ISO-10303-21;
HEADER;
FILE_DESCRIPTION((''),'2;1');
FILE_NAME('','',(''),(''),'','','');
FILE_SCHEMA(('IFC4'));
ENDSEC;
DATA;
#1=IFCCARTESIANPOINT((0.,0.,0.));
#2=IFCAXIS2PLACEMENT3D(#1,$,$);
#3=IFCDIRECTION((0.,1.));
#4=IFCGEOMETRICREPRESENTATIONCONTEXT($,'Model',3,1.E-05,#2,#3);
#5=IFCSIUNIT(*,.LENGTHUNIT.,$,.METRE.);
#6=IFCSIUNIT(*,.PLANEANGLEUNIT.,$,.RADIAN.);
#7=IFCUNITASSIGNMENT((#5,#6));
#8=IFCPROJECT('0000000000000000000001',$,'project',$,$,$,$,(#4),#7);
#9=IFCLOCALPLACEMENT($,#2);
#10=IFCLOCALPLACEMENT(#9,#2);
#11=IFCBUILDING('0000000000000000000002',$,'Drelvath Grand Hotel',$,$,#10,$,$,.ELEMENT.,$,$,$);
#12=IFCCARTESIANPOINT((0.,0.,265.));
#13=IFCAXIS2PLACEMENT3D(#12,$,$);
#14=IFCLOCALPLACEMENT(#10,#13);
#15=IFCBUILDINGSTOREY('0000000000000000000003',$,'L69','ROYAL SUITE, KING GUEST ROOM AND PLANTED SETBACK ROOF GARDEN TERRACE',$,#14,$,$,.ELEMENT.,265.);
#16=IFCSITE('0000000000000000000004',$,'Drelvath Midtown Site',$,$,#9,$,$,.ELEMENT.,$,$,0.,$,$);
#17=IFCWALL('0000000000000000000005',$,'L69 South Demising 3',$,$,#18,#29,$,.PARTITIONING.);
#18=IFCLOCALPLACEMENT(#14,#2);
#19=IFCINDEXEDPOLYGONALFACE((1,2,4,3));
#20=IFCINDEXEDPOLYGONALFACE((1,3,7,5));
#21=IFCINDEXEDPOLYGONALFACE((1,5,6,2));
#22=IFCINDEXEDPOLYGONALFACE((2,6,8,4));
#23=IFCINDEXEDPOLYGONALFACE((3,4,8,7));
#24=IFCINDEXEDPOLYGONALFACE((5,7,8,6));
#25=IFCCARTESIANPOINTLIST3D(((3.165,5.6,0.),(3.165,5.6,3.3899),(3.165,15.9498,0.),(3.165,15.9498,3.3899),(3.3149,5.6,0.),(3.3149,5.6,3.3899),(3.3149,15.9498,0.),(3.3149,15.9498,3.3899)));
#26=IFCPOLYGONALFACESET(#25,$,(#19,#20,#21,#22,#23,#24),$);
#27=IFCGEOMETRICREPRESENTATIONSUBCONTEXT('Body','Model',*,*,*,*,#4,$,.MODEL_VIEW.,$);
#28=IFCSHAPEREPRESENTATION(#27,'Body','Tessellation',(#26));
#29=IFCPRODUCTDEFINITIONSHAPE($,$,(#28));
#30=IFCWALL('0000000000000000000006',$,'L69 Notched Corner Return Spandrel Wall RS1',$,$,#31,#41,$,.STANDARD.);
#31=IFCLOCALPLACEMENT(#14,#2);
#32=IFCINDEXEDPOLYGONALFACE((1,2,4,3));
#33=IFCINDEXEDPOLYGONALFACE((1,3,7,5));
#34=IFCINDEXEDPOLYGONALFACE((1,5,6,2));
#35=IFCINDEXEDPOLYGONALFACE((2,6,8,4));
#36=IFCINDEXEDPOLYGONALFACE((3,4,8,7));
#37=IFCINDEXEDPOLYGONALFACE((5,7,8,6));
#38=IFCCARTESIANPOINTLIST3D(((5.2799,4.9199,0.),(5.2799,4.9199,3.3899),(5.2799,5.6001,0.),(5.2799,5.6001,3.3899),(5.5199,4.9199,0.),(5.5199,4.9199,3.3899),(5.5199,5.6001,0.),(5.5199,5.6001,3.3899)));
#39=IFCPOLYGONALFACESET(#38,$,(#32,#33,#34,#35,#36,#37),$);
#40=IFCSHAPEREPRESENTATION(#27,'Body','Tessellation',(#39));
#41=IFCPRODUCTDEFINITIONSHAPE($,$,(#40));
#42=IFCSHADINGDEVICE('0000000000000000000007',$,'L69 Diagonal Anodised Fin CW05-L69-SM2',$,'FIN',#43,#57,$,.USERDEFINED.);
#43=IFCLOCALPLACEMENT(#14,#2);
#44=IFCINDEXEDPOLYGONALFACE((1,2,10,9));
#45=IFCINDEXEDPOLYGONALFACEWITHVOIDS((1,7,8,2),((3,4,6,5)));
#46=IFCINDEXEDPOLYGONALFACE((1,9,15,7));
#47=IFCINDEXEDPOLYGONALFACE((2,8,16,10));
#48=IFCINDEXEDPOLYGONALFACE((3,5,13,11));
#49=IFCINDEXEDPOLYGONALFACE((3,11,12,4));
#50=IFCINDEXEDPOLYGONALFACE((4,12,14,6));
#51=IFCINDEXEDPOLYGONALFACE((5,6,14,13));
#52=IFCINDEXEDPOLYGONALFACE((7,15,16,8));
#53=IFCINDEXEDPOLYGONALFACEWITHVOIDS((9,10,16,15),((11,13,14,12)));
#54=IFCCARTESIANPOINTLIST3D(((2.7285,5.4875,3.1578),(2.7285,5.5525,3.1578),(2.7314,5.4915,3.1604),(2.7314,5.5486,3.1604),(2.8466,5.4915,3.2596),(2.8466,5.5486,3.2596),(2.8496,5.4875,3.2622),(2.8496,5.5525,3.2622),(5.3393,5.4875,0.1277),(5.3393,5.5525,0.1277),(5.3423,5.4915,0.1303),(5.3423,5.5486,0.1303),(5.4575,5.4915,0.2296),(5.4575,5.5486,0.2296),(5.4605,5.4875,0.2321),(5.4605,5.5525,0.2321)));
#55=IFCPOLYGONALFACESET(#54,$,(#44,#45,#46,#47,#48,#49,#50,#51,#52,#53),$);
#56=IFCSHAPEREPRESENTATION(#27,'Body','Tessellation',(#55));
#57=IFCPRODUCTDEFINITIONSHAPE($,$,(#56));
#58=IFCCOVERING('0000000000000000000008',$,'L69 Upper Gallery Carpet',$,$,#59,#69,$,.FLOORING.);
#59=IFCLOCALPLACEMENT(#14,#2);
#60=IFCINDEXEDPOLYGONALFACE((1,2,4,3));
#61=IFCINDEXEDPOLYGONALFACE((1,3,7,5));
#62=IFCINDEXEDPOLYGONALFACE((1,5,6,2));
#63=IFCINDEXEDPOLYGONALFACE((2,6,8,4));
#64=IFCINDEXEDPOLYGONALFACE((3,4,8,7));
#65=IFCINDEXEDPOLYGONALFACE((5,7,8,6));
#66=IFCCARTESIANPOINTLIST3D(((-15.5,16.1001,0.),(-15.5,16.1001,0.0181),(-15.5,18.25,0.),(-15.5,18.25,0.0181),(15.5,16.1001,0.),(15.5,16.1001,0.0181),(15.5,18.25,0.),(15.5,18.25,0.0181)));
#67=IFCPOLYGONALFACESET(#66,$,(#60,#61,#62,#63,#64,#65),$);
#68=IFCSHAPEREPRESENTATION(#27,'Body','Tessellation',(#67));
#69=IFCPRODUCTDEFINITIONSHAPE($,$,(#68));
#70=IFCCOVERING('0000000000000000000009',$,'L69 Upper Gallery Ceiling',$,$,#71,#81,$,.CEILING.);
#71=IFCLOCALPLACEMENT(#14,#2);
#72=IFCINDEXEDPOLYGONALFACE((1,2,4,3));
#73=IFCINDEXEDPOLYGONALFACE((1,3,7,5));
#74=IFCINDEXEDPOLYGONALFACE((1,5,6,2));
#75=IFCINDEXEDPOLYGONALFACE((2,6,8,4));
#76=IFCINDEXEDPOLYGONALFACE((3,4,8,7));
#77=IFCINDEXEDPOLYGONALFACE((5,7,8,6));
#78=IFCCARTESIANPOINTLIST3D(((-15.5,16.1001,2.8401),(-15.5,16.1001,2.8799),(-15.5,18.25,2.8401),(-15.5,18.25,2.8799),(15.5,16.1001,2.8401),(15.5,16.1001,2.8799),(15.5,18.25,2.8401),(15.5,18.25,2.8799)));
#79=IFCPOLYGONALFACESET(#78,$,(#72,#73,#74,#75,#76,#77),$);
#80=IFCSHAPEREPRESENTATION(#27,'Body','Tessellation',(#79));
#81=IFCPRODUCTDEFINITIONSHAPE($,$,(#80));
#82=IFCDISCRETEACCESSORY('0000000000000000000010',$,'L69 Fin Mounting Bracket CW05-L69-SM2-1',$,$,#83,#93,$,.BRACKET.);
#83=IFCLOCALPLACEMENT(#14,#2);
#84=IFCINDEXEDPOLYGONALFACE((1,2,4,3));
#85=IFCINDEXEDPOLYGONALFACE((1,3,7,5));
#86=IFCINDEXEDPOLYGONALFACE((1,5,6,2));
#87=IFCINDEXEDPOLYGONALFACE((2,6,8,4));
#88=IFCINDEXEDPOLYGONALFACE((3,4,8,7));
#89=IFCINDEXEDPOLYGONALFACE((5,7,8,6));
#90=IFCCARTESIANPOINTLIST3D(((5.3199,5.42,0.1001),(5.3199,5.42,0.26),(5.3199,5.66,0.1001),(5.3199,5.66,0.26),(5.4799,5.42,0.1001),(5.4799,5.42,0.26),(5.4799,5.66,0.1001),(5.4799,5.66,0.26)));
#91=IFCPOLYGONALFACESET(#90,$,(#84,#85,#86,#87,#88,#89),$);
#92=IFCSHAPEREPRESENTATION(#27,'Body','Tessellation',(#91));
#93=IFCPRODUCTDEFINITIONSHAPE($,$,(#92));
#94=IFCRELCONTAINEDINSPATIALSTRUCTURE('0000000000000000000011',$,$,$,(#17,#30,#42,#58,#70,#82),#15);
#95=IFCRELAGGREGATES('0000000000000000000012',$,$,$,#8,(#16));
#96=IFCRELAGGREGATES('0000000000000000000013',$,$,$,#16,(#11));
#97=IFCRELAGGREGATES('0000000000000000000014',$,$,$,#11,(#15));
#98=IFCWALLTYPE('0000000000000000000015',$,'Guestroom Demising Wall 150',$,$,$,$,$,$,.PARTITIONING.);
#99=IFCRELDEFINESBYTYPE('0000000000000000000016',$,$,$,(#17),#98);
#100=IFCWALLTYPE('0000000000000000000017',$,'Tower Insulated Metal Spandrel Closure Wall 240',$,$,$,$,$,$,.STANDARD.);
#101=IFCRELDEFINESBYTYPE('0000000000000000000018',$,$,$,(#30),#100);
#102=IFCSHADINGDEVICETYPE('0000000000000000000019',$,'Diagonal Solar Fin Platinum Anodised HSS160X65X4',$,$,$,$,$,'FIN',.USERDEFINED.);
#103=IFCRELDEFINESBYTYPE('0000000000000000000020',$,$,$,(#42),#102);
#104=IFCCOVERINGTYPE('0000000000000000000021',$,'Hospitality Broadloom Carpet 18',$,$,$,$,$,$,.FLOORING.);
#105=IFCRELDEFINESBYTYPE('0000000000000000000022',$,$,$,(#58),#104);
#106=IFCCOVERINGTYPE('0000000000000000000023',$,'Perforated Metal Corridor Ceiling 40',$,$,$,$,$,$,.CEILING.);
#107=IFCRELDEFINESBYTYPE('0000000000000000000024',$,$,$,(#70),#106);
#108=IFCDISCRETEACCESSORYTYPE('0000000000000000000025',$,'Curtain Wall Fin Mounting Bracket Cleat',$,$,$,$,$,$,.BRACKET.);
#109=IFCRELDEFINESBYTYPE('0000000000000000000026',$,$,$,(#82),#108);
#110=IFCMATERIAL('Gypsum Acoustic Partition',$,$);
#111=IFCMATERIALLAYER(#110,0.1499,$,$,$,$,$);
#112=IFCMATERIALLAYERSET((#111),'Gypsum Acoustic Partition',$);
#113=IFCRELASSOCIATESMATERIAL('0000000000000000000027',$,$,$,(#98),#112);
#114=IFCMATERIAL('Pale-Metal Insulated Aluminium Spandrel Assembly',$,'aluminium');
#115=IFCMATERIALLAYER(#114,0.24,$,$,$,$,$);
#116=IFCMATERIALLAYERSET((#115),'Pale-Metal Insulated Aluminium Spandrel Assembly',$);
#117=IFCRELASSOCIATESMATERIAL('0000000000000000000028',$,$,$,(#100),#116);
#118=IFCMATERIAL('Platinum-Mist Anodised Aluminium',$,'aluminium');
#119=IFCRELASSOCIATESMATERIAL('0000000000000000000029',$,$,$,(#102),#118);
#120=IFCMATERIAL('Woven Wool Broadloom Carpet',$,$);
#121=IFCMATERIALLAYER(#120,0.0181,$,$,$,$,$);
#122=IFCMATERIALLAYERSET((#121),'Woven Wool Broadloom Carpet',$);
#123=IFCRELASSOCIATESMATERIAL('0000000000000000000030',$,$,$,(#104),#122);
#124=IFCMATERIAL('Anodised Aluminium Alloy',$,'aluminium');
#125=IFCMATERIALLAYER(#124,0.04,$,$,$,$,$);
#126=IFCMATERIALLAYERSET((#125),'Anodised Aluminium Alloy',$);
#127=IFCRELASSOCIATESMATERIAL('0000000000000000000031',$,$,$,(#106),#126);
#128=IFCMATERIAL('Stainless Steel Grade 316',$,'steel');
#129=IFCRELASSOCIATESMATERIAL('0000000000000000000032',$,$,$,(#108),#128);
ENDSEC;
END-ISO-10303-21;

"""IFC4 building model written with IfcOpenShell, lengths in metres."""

from ifc_helpers import new_model, si_unit, direction, frame, frame_2d, origin, origin_2d, place, context, subcontext, project, spatial, polyline, rectangle, hollow_rectangle, outline, extrude, material, layer, layer_set, material_profile, profile_set, type_object, element, save


model = new_model("IFC4")

# Units and contexts
model_context = context("Model", 3, precision=1e-05, world=origin(), true_north=direction((0.0, 1.0)))
body_context = subcontext(model_context, "Body", "Model", "MODEL_VIEW")
ifc_project = project(units=[si_unit("LENGTHUNIT", "METRE"), si_unit("PLANEANGLEUNIT", "RADIAN")], contexts=[model_context])

# Site, building, storey
site_placement = place(None, origin())
site = spatial("IfcSite", under=ifc_project, at=site_placement, Name="Drelvath Midtown Site", CompositionType="ELEMENT", RefElevation=0.0)
building_placement = place(site_placement, origin())
building = spatial("IfcBuilding", under=site, at=building_placement, Name="Drelvath Grand Hotel", CompositionType="ELEMENT")
storey_placement = place(building_placement, frame((0.0, 0.0, 265.0)))
storey = spatial("IfcBuildingStorey", under=building, at=storey_placement, Name="L69", Description="ROYAL SUITE, KING GUEST ROOM AND PLANTED SETBACK ROOF GARDEN TERRACE", CompositionType="ELEMENT", Elevation=265.0)

# Walls
ifc_material_1 = material(Name="Gypsum Acoustic Partition")
ifc_layer_1 = layer(ifc_material_1, 0.1499)
ifc_layer_set_1 = layer_set([ifc_layer_1], Name="Gypsum Acoustic Partition")
wall_type_1 = type_object("IfcWallType", Name="Guestroom Demising Wall 150", PredefinedType="PARTITIONING", material=ifc_layer_set_1)
wall_1_placement = place(storey_placement, frame((3.24, 5.6001, 0.0), z_axis=(0.0, 0.0, 1.0), x_axis=(0.0, 1.0, 0.0)))
element("IfcWall", 1, at=wall_1_placement, inside=storey, type_object=wall_type_1, Name="L69 South Demising 3", PredefinedType="PARTITIONING", context=body_context, shape_type="SweptSolid", body=[
    extrude(rectangle(XDim=10.3499, YDim=0.1499, at=frame_2d((5.1748, 0.0))), origin(), (0.0, 0.0, 1.0), 3.3899),
])
ifc_material_2 = material(Name="Pale-Metal Insulated Aluminium Spandrel Assembly", Category="aluminium")
ifc_layer_2 = layer(ifc_material_2, 0.24)
ifc_layer_set_2 = layer_set([ifc_layer_2], Name="Pale-Metal Insulated Aluminium Spandrel Assembly")
wall_type_2 = type_object("IfcWallType", Name="Tower Insulated Metal Spandrel Closure Wall 240", PredefinedType="STANDARD", material=ifc_layer_set_2)
wall_2_placement = place(storey_placement, frame((5.3999, 4.9199, 0.0), z_axis=(0.0, 0.0, 1.0), x_axis=(0.0, 1.0, 0.0)))
element("IfcWall", 2, at=wall_2_placement, inside=storey, type_object=wall_type_2, Name="L69 Notched Corner Return Spandrel Wall RS1", PredefinedType="STANDARD", context=body_context, shape_type="SweptSolid", body=[
    extrude(rectangle(XDim=0.6802, YDim=0.24, at=frame_2d((0.3401, 0.0))), origin(), (0.0, 0.0, 1.0), 3.3899),
])

# Shading device
ifc_material_3 = material(Name="Platinum-Mist Anodised Aluminium", Category="aluminium")
ifc_material_profile_1 = material_profile(ifc_material_3, hollow_rectangle(XDim=0.0649, YDim=0.1599, WallThickness=0.0039, at=origin_2d()), Name="HSS160X65X4")
ifc_profile_set_1 = profile_set([ifc_material_profile_1], Name="Platinum-Mist Anodised Aluminium")
shading_device_type = type_object("IfcShadingDeviceType", Name="Diagonal Solar Fin Platinum Anodised HSS160X65X4", ElementType="FIN", PredefinedType="USERDEFINED", material=ifc_profile_set_1)
shading_device_placement = place(storey_placement, frame((5.3999, 5.52, 0.1799), z_axis=(-0.65276, 0.0, 0.757565), x_axis=(0.0, -1.0, 0.0)))
element("IfcShadingDevice", 3, at=shading_device_placement, inside=storey, type_object=shading_device_type, Name="L69 Diagonal Anodised Fin CW05-L69-SM2", ObjectType="FIN", PredefinedType="USERDEFINED", context=body_context, shape_type="SweptSolid", body=[
    extrude(hollow_rectangle(XDim=0.0649, YDim=0.1599, WallThickness=0.0039, at=origin_2d()), origin(), (0.0, 0.0, 1.0), 3.9998),
])

# Coverings
ifc_material_4 = material(Name="Woven Wool Broadloom Carpet")
ifc_layer_3 = layer(ifc_material_4, 0.0181)
ifc_layer_set_3 = layer_set([ifc_layer_3], Name="Woven Wool Broadloom Carpet")
covering_type_1 = type_object("IfcCoveringType", Name="Hospitality Broadloom Carpet 18", PredefinedType="FLOORING", material=ifc_layer_set_3)
covering_1_placement = place(storey_placement, origin())
element("IfcCovering", 4, at=covering_1_placement, inside=storey, type_object=covering_type_1, Name="L69 Upper Gallery Carpet", PredefinedType="FLOORING", context=body_context, shape_type="SweptSolid", body=[
    extrude(outline(polyline([(15.5, 16.1001), (15.5, 18.25), (-15.5, 18.25), (-15.5, 16.1001), (15.5, 16.1001)])), origin(), (0.0, 0.0, 1.0), 0.0181),
])
ifc_material_5 = material(Name="Anodised Aluminium Alloy", Category="aluminium")
ifc_layer_4 = layer(ifc_material_5, 0.04)
ifc_layer_set_4 = layer_set([ifc_layer_4], Name="Anodised Aluminium Alloy")
covering_type_2 = type_object("IfcCoveringType", Name="Perforated Metal Corridor Ceiling 40", PredefinedType="CEILING", material=ifc_layer_set_4)
covering_2_placement = place(storey_placement, frame((0.0, 0.0, 2.8401)))
element("IfcCovering", 5, at=covering_2_placement, inside=storey, type_object=covering_type_2, Name="L69 Upper Gallery Ceiling", PredefinedType="CEILING", context=body_context, shape_type="SweptSolid", body=[
    extrude(outline(polyline([(15.5, 16.1001), (15.5, 18.25), (-15.5, 18.25), (-15.5, 16.1001), (15.5, 16.1001)])), origin(), (0.0, 0.0, 1.0), 0.0398),
])

# Discrete accessory
ifc_material_6 = material(Name="Stainless Steel Grade 316", Category="steel")
discrete_accessory_type = type_object("IfcDiscreteAccessoryType", Name="Curtain Wall Fin Mounting Bracket Cleat", PredefinedType="BRACKET", material=ifc_material_6)
discrete_accessory_placement = place(storey_placement, frame((5.3999, 5.54, 0.1001), z_axis=(0.0, 0.0, 1.0), x_axis=(-1.0, 0.0, 0.0)))
element("IfcDiscreteAccessory", 6, at=discrete_accessory_placement, inside=storey, type_object=discrete_accessory_type, Name="L69 Fin Mounting Bracket CW05-L69-SM2-1", PredefinedType="BRACKET", context=body_context, shape_type="SweptSolid", body=[
    extrude(rectangle(XDim=0.1599, YDim=0.24, at=origin_2d()), origin(), (0.0, 0.0, 1.0), 0.1599),
])

save(model, "model.ifc")
